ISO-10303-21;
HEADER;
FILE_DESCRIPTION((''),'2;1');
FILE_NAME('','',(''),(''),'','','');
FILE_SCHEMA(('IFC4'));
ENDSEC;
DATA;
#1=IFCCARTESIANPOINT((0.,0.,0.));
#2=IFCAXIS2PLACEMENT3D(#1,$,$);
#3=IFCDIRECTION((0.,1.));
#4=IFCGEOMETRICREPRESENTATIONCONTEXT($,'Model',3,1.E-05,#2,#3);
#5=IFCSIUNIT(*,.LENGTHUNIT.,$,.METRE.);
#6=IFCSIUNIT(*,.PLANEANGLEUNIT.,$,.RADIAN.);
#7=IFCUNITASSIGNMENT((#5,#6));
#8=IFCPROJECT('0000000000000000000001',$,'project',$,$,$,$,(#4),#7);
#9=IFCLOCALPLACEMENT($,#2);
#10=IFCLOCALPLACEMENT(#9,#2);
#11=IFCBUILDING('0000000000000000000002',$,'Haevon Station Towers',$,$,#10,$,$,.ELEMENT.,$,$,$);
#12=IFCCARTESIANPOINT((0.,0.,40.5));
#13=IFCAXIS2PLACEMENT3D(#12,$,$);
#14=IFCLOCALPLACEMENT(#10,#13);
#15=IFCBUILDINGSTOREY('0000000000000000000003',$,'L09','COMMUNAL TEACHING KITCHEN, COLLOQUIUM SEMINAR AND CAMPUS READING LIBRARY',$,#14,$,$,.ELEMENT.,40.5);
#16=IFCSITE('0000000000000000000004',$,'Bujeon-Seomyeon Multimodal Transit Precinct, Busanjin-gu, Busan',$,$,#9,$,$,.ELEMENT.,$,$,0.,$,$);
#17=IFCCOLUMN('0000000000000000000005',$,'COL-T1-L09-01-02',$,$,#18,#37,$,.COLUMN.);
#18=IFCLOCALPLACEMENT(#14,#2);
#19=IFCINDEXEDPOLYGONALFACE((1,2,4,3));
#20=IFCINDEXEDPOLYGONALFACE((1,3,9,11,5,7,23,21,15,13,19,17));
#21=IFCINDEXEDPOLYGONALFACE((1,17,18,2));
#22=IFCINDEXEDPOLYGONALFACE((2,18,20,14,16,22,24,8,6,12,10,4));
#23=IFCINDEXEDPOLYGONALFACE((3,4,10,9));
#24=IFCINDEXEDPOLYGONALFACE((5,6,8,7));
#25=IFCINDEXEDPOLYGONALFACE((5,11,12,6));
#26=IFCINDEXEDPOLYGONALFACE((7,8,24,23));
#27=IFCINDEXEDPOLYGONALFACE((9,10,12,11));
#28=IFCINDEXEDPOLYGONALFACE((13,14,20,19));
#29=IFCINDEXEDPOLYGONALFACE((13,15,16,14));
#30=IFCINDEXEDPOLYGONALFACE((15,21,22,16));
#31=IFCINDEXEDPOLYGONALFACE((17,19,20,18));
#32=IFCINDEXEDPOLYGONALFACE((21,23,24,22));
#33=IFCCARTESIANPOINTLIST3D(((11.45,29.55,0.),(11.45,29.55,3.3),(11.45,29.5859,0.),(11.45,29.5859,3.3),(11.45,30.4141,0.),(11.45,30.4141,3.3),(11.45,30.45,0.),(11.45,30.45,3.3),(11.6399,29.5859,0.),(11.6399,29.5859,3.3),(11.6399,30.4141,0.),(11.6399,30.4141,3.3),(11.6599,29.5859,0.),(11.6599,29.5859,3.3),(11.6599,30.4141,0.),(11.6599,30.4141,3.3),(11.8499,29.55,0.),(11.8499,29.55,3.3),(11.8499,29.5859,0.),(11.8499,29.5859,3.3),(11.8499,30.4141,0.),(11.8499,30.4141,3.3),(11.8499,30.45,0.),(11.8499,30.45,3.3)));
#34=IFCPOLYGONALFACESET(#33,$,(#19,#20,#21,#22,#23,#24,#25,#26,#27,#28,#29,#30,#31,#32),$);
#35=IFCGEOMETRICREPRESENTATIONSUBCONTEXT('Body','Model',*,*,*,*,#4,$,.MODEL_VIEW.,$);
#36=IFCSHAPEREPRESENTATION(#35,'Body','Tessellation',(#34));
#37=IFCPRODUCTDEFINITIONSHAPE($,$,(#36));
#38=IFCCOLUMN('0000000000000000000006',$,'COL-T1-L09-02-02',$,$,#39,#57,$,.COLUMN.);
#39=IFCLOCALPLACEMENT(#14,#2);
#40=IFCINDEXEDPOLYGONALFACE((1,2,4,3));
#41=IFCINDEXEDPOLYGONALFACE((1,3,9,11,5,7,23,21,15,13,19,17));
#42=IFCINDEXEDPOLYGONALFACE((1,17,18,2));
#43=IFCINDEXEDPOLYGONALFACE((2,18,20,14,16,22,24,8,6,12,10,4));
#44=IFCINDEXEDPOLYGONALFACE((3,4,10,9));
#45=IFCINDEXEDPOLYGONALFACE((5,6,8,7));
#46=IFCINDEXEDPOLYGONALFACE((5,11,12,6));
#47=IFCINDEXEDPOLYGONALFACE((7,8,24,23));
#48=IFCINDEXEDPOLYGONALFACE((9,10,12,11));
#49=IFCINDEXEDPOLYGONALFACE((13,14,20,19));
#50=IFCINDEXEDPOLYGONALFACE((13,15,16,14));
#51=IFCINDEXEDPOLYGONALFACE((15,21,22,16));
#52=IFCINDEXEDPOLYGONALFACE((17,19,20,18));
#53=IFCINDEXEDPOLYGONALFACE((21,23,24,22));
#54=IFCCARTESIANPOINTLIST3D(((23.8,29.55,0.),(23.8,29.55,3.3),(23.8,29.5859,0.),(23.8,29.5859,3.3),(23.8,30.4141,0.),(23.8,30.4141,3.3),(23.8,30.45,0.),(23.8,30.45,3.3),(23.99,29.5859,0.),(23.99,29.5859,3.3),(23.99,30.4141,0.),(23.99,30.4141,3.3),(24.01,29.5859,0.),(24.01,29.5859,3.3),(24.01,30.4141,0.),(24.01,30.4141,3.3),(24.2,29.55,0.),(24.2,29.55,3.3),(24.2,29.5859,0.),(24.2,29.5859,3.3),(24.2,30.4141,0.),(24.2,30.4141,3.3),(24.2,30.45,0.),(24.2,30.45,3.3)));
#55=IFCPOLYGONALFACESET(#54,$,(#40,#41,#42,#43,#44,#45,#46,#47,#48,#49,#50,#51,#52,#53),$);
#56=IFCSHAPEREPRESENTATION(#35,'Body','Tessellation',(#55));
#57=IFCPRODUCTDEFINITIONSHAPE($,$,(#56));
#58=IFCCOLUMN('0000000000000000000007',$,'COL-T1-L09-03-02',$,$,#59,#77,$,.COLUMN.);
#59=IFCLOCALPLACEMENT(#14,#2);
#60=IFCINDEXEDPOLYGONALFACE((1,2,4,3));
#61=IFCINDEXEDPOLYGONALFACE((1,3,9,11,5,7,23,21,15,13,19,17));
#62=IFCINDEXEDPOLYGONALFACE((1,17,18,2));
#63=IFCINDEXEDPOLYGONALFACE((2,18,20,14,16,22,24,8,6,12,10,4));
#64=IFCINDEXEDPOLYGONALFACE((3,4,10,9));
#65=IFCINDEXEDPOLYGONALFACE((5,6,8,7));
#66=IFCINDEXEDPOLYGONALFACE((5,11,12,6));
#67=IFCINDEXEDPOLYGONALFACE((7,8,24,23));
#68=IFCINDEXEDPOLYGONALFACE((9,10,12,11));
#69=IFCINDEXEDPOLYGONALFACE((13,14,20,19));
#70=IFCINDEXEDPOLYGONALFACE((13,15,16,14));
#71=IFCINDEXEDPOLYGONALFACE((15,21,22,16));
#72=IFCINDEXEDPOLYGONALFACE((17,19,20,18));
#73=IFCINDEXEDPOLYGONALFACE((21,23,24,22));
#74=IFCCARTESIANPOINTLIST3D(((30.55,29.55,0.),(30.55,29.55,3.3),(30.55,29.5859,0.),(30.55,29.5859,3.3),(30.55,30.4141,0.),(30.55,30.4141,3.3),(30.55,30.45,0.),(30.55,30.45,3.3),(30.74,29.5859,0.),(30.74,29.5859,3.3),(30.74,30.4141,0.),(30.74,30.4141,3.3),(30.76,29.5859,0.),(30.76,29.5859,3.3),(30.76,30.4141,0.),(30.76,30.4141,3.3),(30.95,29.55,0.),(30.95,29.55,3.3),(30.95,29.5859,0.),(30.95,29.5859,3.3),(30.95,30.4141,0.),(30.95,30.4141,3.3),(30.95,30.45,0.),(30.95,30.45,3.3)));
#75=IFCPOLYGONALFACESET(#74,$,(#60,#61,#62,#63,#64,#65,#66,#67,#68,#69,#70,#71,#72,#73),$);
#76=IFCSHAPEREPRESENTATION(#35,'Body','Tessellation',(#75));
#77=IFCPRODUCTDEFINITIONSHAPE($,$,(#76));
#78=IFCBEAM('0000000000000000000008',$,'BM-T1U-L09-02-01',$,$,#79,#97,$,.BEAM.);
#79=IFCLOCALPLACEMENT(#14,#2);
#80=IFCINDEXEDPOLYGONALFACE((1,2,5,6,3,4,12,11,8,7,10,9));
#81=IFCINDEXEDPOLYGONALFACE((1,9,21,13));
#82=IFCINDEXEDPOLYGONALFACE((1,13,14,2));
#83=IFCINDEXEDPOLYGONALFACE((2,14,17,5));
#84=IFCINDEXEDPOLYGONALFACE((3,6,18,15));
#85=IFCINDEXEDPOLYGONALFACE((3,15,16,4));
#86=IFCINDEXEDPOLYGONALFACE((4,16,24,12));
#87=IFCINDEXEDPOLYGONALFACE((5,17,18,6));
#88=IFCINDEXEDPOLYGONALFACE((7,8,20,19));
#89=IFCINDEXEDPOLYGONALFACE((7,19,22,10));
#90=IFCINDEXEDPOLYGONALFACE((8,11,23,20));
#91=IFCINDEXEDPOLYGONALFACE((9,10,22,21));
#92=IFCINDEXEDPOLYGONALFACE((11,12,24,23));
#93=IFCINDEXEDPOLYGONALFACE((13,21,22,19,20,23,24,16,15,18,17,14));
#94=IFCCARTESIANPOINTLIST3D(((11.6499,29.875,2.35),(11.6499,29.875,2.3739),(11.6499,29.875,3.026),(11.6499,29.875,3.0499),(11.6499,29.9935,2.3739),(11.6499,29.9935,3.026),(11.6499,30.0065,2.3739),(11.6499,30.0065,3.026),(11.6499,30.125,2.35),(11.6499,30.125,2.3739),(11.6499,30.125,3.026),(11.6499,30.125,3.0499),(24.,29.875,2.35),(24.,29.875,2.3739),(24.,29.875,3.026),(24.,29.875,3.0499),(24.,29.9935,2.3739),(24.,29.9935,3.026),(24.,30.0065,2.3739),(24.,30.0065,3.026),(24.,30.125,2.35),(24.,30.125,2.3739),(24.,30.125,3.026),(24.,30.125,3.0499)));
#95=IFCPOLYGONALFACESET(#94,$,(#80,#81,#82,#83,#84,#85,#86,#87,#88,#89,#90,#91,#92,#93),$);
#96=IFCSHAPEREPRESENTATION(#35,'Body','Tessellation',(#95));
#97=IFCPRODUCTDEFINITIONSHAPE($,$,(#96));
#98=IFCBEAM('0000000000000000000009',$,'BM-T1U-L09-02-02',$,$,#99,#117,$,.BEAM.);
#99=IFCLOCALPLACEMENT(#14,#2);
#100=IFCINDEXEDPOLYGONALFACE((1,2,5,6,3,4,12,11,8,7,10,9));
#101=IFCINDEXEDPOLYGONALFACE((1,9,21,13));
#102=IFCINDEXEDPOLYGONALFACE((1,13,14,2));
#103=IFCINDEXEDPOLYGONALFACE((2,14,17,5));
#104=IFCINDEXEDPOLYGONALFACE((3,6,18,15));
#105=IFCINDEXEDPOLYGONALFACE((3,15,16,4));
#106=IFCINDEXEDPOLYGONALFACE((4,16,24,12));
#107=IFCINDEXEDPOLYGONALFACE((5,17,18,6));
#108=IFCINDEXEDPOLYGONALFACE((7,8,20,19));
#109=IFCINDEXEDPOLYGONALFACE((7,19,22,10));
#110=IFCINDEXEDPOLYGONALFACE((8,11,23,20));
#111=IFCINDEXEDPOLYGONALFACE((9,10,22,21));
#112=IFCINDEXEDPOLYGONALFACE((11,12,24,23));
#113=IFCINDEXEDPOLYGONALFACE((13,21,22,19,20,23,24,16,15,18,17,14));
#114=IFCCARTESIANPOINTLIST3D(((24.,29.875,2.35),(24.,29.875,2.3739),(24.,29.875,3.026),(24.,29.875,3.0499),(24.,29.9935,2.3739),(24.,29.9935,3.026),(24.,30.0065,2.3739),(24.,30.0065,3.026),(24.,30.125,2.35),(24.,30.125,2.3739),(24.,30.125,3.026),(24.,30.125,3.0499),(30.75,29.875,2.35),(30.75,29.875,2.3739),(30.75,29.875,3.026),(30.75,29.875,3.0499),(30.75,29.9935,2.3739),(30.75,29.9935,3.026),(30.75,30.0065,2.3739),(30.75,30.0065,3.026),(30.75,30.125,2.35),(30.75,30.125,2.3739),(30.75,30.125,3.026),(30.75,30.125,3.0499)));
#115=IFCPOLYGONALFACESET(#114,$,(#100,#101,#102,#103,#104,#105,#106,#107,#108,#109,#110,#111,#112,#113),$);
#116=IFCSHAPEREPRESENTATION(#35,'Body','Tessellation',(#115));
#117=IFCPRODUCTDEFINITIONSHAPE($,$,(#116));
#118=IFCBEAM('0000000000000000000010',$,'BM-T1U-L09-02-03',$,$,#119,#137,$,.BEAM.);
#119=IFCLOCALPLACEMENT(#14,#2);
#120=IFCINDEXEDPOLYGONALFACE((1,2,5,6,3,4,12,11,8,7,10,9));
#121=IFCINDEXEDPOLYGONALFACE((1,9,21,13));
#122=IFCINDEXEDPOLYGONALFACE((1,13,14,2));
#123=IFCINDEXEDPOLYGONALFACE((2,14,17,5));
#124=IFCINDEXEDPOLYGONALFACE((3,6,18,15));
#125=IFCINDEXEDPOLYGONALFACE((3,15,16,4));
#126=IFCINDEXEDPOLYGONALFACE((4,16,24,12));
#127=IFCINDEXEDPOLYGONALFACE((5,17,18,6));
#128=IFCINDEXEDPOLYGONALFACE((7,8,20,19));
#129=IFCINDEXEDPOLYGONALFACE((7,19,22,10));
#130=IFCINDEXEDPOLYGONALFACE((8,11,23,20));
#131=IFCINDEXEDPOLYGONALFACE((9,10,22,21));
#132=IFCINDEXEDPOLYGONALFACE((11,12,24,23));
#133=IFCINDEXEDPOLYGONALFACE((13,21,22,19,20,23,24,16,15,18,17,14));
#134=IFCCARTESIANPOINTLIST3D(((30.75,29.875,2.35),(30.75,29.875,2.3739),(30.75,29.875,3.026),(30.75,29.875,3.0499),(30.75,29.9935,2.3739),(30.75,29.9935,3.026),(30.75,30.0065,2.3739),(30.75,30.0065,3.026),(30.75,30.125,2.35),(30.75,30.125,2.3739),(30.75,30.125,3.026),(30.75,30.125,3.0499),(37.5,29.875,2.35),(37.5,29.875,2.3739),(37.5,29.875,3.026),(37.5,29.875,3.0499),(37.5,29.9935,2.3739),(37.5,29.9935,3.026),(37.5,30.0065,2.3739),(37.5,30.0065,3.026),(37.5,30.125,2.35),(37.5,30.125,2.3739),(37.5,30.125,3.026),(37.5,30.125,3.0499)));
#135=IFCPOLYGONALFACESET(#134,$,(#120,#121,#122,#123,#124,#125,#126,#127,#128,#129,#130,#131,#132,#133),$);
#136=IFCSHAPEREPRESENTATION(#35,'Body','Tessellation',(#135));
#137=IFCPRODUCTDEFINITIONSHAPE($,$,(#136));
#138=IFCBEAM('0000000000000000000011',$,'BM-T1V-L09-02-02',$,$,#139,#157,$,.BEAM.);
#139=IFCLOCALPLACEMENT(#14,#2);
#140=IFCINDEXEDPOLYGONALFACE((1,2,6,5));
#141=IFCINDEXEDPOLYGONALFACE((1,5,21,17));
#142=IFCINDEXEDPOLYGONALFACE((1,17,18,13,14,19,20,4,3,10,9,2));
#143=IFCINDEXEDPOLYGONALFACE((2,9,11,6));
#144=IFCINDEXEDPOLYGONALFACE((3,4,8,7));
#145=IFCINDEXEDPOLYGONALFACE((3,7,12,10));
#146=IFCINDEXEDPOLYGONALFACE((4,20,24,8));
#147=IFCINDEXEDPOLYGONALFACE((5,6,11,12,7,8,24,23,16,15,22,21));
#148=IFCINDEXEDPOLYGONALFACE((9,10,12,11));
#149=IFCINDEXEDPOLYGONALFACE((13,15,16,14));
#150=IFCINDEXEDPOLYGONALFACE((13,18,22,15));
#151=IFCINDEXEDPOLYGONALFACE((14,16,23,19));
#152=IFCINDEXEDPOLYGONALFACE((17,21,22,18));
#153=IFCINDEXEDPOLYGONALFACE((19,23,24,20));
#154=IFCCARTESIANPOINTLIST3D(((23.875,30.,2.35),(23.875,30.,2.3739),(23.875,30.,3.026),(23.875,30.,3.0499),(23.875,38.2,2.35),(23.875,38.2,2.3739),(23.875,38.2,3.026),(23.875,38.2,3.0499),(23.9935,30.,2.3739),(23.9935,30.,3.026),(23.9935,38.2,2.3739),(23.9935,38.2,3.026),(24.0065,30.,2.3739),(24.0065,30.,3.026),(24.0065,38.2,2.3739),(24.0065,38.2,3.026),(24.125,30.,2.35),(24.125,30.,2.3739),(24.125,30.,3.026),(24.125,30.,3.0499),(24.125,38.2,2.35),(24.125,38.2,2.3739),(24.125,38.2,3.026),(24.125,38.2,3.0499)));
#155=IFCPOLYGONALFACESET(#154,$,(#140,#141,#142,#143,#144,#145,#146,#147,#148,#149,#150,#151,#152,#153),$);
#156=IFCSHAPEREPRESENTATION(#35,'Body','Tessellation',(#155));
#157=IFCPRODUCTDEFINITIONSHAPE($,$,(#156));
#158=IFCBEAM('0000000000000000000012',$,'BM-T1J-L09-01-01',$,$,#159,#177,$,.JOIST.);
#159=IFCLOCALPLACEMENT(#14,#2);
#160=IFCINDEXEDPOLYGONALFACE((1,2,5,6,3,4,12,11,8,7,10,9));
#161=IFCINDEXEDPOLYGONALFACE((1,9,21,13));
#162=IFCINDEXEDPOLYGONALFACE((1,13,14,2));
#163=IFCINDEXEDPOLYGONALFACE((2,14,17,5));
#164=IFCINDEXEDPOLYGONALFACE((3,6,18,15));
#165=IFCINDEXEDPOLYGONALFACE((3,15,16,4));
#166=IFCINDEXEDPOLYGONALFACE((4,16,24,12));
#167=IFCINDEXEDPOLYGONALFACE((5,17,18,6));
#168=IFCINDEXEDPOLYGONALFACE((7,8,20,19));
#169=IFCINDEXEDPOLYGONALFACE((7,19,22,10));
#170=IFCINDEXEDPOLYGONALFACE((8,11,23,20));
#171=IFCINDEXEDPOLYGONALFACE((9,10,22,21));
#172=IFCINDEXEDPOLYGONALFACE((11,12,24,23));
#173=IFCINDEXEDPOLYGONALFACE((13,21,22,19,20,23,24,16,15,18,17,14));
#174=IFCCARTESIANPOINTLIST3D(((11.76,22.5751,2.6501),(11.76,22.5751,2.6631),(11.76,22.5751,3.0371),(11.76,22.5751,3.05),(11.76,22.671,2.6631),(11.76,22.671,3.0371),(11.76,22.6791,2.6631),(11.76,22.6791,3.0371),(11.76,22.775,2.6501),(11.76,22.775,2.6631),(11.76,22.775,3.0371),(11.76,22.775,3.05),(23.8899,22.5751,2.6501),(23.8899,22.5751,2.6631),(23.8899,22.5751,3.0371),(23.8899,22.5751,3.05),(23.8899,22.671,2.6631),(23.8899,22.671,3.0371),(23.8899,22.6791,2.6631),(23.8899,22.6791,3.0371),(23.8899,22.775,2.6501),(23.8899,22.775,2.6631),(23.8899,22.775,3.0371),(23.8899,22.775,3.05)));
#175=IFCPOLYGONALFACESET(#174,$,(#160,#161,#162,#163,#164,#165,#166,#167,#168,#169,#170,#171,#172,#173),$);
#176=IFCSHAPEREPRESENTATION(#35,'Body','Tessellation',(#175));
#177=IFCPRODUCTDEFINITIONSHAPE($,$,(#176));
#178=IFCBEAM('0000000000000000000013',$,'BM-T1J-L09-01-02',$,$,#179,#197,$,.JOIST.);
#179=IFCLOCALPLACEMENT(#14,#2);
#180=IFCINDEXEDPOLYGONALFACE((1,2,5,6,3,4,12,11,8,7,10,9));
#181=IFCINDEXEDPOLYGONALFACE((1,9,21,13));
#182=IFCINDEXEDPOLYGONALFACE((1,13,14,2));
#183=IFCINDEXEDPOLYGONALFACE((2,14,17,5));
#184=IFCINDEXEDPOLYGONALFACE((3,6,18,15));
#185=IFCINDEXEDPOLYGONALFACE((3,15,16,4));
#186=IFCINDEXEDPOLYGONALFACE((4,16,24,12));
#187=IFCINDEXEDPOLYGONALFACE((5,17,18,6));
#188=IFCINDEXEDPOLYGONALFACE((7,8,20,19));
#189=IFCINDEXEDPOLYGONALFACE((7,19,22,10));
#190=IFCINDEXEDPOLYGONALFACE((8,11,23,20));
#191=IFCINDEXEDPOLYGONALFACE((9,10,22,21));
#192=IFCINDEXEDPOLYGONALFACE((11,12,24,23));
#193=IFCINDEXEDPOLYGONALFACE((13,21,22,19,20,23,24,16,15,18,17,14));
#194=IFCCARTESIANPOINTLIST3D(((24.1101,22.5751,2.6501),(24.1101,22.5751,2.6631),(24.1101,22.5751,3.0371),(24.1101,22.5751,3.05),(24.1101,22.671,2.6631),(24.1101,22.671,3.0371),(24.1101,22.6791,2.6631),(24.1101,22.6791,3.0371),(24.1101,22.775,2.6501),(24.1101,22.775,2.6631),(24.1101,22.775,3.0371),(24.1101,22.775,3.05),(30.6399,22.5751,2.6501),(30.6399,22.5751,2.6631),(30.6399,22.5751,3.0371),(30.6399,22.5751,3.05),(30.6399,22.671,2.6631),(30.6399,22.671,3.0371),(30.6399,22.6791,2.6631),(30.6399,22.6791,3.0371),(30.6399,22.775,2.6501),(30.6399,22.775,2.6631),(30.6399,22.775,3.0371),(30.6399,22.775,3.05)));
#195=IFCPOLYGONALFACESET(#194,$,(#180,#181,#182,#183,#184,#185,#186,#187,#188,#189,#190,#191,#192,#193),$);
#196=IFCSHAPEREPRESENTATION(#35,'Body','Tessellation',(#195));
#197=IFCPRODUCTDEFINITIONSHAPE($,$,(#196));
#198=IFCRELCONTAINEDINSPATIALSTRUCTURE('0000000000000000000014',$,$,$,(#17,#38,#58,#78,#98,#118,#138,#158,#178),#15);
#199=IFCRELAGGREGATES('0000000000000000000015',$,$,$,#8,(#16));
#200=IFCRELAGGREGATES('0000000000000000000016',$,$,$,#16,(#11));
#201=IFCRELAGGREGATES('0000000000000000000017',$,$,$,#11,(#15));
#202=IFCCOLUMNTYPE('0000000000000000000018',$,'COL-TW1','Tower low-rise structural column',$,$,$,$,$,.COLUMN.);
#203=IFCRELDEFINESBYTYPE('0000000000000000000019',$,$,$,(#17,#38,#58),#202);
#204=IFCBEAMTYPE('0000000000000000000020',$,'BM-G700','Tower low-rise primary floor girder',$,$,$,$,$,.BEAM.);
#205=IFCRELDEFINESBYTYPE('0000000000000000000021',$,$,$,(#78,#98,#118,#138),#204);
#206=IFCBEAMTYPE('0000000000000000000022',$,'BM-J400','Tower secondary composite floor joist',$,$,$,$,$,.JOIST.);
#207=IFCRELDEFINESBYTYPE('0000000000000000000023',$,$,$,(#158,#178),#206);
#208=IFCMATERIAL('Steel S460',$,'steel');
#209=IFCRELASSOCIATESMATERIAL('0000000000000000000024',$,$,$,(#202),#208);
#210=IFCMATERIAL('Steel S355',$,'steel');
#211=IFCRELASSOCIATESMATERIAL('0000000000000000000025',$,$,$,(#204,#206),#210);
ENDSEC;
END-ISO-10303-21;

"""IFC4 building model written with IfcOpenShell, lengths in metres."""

from ifc_helpers import new_model, si_unit, direction, frame, origin, origin_2d, place, context, subcontext, project, spatial, i_section, extrude, material, material_profile, profile_set, type_object, element, save


model = new_model("IFC4")

# Units and contexts
model_context = context("Model", 3, precision=1e-05, world=origin(), true_north=direction((0.0, 1.0)))
body_context = subcontext(model_context, "Body", "Model", "MODEL_VIEW")
ifc_project = project(units=[si_unit("LENGTHUNIT", "METRE"), si_unit("PLANEANGLEUNIT", "RADIAN")], contexts=[model_context])

# Site, building, storey
site_placement = place(None, origin())
site = spatial("IfcSite", under=ifc_project, at=site_placement, Name="Bujeon-Seomyeon Multimodal Transit Precinct, Busanjin-gu, Busan", CompositionType="ELEMENT", RefElevation=0.0)
building_placement = place(site_placement, origin())
building = spatial("IfcBuilding", under=site, at=building_placement, Name="Haevon Station Towers", CompositionType="ELEMENT")
storey_placement = place(building_placement, frame((0.0, 0.0, 40.5)))
storey = spatial("IfcBuildingStorey", under=building, at=storey_placement, Name="L09", Description="COMMUNAL TEACHING KITCHEN, COLLOQUIUM SEMINAR AND CAMPUS READING LIBRARY", CompositionType="ELEMENT", Elevation=40.5)

# Columns
ifc_material_1 = material(Name="Steel S460", Category="steel")
ifc_material_profile_1 = material_profile(ifc_material_1, i_section(OverallWidth=0.3999, OverallDepth=0.8999, WebThickness=0.02, FlangeThickness=0.0359, at=origin_2d()), Name="H-900x400x20x36")
ifc_profile_set_1 = profile_set([ifc_material_profile_1], Name="Steel S460")
column_type = type_object("IfcColumnType", Name="COL-TW1", Description="Tower low-rise structural column", PredefinedType="COLUMN", material=ifc_profile_set_1)
for number, where, z_axis, x_axis, name in (
    (1, (11.6499, 30.0, 0.0), (0.0, 0.0, 1.0), (1.0, 0.0, 0.0), "COL-T1-L09-01-02"),
    (2, (24.0, 30.0, 0.0), (0.0, 0.0, 1.0), (1.0, 0.0, 0.0), "COL-T1-L09-02-02"),
    (3, (30.75, 30.0, 0.0), (0.0, 0.0, 1.0), (1.0, 0.0, 0.0), "COL-T1-L09-03-02"),
):
    element("IfcColumn", number, at=place(storey_placement, frame(where, z_axis=z_axis, x_axis=x_axis)), inside=storey, type_object=column_type, Name=name, PredefinedType="COLUMN", context=body_context, shape_type="SweptSolid", body=[
        extrude(i_section(OverallWidth=0.3999, OverallDepth=0.8999, WebThickness=0.02, FlangeThickness=0.0359, at=origin_2d()), origin(), (0.0, 0.0, 1.0), 3.3),
    ])

# Beams
ifc_material_2 = material(Name="Steel S355", Category="steel")
ifc_material_profile_2 = material_profile(ifc_material_2, i_section(OverallWidth=0.25, OverallDepth=0.7, WebThickness=0.0129, FlangeThickness=0.0239, at=origin_2d()), Name="H-700x250x13x24")
ifc_profile_set_2 = profile_set([ifc_material_profile_2], Name="Steel S355")
beam_type_1 = type_object("IfcBeamType", Name="BM-G700", Description="Tower low-rise primary floor girder", PredefinedType="BEAM", material=ifc_profile_set_2)
beam_1_placement = place(storey_placement, frame((11.6499, 30.0, 2.7), z_axis=(1.0, 0.0, 0.0), x_axis=(0.0, 1.0, 0.0)))
element("IfcBeam", 4, at=beam_1_placement, inside=storey, type_object=beam_type_1, Name="BM-T1U-L09-02-01", PredefinedType="BEAM", context=body_context, shape_type="SweptSolid", body=[
    extrude(i_section(OverallWidth=0.25, OverallDepth=0.7, WebThickness=0.0129, FlangeThickness=0.0239, at=origin_2d()), origin(), (0.0, 0.0, 1.0), 12.3501),
])
for number, where, z_axis, x_axis, name in (
    (5, (24.0, 30.0, 2.7), (1.0, 0.0, 0.0), (0.0, 1.0, 0.0), "BM-T1U-L09-02-02"),
    (6, (30.75, 30.0, 2.7), (1.0, 0.0, 0.0), (0.0, 1.0, 0.0), "BM-T1U-L09-02-03"),
):
    element("IfcBeam", number, at=place(storey_placement, frame(where, z_axis=z_axis, x_axis=x_axis)), inside=storey, type_object=beam_type_1, Name=name, PredefinedType="BEAM", context=body_context, shape_type="SweptSolid", body=[
        extrude(i_section(OverallWidth=0.25, OverallDepth=0.7, WebThickness=0.0129, FlangeThickness=0.0239, at=origin_2d()), origin(), (0.0, 0.0, 1.0), 6.75),
    ])
beam_2_placement = place(storey_placement, frame((24.0, 30.0, 2.7), z_axis=(0.0, 1.0, 0.0), x_axis=(-1.0, 0.0, 0.0)))
element("IfcBeam", 7, at=beam_2_placement, inside=storey, type_object=beam_type_1, Name="BM-T1V-L09-02-02", PredefinedType="BEAM", context=body_context, shape_type="SweptSolid", body=[
    extrude(i_section(OverallWidth=0.25, OverallDepth=0.7, WebThickness=0.0129, FlangeThickness=0.0239, at=origin_2d()), origin(), (0.0, 0.0, 1.0), 8.2),
])
ifc_material_profile_3 = material_profile(ifc_material_2, i_section(OverallWidth=0.2, OverallDepth=0.3999, WebThickness=0.0081, FlangeThickness=0.0129, at=origin_2d()), Name="H-400x200x8x13")
ifc_profile_set_3 = profile_set([ifc_material_profile_3], Name="Steel S355")
beam_type_2 = type_object("IfcBeamType", Name="BM-J400", Description="Tower secondary composite floor joist", PredefinedType="JOIST", material=ifc_profile_set_3)
beam_3_placement = place(storey_placement, frame((11.76, 22.675, 2.8501), z_axis=(1.0, 0.0, 0.0), x_axis=(0.0, 1.0, 0.0)))
element("IfcBeam", 8, at=beam_3_placement, inside=storey, type_object=beam_type_2, Name="BM-T1J-L09-01-01", PredefinedType="JOIST", context=body_context, shape_type="SweptSolid", body=[
    extrude(i_section(OverallWidth=0.2, OverallDepth=0.3999, WebThickness=0.0081, FlangeThickness=0.0129, at=origin_2d()), origin(), (0.0, 0.0, 1.0), 12.1299),
])
beam_4_placement = place(storey_placement, frame((24.1101, 22.675, 2.8501), z_axis=(1.0, 0.0, 0.0), x_axis=(0.0, 1.0, 0.0)))
element("IfcBeam", 9, at=beam_4_placement, inside=storey, type_object=beam_type_2, Name="BM-T1J-L09-01-02", PredefinedType="JOIST", context=body_context, shape_type="SweptSolid", body=[
    extrude(i_section(OverallWidth=0.2, OverallDepth=0.3999, WebThickness=0.0081, FlangeThickness=0.0129, at=origin_2d()), origin(), (0.0, 0.0, 1.0), 6.5298),
])

save(model, "model.ifc")
